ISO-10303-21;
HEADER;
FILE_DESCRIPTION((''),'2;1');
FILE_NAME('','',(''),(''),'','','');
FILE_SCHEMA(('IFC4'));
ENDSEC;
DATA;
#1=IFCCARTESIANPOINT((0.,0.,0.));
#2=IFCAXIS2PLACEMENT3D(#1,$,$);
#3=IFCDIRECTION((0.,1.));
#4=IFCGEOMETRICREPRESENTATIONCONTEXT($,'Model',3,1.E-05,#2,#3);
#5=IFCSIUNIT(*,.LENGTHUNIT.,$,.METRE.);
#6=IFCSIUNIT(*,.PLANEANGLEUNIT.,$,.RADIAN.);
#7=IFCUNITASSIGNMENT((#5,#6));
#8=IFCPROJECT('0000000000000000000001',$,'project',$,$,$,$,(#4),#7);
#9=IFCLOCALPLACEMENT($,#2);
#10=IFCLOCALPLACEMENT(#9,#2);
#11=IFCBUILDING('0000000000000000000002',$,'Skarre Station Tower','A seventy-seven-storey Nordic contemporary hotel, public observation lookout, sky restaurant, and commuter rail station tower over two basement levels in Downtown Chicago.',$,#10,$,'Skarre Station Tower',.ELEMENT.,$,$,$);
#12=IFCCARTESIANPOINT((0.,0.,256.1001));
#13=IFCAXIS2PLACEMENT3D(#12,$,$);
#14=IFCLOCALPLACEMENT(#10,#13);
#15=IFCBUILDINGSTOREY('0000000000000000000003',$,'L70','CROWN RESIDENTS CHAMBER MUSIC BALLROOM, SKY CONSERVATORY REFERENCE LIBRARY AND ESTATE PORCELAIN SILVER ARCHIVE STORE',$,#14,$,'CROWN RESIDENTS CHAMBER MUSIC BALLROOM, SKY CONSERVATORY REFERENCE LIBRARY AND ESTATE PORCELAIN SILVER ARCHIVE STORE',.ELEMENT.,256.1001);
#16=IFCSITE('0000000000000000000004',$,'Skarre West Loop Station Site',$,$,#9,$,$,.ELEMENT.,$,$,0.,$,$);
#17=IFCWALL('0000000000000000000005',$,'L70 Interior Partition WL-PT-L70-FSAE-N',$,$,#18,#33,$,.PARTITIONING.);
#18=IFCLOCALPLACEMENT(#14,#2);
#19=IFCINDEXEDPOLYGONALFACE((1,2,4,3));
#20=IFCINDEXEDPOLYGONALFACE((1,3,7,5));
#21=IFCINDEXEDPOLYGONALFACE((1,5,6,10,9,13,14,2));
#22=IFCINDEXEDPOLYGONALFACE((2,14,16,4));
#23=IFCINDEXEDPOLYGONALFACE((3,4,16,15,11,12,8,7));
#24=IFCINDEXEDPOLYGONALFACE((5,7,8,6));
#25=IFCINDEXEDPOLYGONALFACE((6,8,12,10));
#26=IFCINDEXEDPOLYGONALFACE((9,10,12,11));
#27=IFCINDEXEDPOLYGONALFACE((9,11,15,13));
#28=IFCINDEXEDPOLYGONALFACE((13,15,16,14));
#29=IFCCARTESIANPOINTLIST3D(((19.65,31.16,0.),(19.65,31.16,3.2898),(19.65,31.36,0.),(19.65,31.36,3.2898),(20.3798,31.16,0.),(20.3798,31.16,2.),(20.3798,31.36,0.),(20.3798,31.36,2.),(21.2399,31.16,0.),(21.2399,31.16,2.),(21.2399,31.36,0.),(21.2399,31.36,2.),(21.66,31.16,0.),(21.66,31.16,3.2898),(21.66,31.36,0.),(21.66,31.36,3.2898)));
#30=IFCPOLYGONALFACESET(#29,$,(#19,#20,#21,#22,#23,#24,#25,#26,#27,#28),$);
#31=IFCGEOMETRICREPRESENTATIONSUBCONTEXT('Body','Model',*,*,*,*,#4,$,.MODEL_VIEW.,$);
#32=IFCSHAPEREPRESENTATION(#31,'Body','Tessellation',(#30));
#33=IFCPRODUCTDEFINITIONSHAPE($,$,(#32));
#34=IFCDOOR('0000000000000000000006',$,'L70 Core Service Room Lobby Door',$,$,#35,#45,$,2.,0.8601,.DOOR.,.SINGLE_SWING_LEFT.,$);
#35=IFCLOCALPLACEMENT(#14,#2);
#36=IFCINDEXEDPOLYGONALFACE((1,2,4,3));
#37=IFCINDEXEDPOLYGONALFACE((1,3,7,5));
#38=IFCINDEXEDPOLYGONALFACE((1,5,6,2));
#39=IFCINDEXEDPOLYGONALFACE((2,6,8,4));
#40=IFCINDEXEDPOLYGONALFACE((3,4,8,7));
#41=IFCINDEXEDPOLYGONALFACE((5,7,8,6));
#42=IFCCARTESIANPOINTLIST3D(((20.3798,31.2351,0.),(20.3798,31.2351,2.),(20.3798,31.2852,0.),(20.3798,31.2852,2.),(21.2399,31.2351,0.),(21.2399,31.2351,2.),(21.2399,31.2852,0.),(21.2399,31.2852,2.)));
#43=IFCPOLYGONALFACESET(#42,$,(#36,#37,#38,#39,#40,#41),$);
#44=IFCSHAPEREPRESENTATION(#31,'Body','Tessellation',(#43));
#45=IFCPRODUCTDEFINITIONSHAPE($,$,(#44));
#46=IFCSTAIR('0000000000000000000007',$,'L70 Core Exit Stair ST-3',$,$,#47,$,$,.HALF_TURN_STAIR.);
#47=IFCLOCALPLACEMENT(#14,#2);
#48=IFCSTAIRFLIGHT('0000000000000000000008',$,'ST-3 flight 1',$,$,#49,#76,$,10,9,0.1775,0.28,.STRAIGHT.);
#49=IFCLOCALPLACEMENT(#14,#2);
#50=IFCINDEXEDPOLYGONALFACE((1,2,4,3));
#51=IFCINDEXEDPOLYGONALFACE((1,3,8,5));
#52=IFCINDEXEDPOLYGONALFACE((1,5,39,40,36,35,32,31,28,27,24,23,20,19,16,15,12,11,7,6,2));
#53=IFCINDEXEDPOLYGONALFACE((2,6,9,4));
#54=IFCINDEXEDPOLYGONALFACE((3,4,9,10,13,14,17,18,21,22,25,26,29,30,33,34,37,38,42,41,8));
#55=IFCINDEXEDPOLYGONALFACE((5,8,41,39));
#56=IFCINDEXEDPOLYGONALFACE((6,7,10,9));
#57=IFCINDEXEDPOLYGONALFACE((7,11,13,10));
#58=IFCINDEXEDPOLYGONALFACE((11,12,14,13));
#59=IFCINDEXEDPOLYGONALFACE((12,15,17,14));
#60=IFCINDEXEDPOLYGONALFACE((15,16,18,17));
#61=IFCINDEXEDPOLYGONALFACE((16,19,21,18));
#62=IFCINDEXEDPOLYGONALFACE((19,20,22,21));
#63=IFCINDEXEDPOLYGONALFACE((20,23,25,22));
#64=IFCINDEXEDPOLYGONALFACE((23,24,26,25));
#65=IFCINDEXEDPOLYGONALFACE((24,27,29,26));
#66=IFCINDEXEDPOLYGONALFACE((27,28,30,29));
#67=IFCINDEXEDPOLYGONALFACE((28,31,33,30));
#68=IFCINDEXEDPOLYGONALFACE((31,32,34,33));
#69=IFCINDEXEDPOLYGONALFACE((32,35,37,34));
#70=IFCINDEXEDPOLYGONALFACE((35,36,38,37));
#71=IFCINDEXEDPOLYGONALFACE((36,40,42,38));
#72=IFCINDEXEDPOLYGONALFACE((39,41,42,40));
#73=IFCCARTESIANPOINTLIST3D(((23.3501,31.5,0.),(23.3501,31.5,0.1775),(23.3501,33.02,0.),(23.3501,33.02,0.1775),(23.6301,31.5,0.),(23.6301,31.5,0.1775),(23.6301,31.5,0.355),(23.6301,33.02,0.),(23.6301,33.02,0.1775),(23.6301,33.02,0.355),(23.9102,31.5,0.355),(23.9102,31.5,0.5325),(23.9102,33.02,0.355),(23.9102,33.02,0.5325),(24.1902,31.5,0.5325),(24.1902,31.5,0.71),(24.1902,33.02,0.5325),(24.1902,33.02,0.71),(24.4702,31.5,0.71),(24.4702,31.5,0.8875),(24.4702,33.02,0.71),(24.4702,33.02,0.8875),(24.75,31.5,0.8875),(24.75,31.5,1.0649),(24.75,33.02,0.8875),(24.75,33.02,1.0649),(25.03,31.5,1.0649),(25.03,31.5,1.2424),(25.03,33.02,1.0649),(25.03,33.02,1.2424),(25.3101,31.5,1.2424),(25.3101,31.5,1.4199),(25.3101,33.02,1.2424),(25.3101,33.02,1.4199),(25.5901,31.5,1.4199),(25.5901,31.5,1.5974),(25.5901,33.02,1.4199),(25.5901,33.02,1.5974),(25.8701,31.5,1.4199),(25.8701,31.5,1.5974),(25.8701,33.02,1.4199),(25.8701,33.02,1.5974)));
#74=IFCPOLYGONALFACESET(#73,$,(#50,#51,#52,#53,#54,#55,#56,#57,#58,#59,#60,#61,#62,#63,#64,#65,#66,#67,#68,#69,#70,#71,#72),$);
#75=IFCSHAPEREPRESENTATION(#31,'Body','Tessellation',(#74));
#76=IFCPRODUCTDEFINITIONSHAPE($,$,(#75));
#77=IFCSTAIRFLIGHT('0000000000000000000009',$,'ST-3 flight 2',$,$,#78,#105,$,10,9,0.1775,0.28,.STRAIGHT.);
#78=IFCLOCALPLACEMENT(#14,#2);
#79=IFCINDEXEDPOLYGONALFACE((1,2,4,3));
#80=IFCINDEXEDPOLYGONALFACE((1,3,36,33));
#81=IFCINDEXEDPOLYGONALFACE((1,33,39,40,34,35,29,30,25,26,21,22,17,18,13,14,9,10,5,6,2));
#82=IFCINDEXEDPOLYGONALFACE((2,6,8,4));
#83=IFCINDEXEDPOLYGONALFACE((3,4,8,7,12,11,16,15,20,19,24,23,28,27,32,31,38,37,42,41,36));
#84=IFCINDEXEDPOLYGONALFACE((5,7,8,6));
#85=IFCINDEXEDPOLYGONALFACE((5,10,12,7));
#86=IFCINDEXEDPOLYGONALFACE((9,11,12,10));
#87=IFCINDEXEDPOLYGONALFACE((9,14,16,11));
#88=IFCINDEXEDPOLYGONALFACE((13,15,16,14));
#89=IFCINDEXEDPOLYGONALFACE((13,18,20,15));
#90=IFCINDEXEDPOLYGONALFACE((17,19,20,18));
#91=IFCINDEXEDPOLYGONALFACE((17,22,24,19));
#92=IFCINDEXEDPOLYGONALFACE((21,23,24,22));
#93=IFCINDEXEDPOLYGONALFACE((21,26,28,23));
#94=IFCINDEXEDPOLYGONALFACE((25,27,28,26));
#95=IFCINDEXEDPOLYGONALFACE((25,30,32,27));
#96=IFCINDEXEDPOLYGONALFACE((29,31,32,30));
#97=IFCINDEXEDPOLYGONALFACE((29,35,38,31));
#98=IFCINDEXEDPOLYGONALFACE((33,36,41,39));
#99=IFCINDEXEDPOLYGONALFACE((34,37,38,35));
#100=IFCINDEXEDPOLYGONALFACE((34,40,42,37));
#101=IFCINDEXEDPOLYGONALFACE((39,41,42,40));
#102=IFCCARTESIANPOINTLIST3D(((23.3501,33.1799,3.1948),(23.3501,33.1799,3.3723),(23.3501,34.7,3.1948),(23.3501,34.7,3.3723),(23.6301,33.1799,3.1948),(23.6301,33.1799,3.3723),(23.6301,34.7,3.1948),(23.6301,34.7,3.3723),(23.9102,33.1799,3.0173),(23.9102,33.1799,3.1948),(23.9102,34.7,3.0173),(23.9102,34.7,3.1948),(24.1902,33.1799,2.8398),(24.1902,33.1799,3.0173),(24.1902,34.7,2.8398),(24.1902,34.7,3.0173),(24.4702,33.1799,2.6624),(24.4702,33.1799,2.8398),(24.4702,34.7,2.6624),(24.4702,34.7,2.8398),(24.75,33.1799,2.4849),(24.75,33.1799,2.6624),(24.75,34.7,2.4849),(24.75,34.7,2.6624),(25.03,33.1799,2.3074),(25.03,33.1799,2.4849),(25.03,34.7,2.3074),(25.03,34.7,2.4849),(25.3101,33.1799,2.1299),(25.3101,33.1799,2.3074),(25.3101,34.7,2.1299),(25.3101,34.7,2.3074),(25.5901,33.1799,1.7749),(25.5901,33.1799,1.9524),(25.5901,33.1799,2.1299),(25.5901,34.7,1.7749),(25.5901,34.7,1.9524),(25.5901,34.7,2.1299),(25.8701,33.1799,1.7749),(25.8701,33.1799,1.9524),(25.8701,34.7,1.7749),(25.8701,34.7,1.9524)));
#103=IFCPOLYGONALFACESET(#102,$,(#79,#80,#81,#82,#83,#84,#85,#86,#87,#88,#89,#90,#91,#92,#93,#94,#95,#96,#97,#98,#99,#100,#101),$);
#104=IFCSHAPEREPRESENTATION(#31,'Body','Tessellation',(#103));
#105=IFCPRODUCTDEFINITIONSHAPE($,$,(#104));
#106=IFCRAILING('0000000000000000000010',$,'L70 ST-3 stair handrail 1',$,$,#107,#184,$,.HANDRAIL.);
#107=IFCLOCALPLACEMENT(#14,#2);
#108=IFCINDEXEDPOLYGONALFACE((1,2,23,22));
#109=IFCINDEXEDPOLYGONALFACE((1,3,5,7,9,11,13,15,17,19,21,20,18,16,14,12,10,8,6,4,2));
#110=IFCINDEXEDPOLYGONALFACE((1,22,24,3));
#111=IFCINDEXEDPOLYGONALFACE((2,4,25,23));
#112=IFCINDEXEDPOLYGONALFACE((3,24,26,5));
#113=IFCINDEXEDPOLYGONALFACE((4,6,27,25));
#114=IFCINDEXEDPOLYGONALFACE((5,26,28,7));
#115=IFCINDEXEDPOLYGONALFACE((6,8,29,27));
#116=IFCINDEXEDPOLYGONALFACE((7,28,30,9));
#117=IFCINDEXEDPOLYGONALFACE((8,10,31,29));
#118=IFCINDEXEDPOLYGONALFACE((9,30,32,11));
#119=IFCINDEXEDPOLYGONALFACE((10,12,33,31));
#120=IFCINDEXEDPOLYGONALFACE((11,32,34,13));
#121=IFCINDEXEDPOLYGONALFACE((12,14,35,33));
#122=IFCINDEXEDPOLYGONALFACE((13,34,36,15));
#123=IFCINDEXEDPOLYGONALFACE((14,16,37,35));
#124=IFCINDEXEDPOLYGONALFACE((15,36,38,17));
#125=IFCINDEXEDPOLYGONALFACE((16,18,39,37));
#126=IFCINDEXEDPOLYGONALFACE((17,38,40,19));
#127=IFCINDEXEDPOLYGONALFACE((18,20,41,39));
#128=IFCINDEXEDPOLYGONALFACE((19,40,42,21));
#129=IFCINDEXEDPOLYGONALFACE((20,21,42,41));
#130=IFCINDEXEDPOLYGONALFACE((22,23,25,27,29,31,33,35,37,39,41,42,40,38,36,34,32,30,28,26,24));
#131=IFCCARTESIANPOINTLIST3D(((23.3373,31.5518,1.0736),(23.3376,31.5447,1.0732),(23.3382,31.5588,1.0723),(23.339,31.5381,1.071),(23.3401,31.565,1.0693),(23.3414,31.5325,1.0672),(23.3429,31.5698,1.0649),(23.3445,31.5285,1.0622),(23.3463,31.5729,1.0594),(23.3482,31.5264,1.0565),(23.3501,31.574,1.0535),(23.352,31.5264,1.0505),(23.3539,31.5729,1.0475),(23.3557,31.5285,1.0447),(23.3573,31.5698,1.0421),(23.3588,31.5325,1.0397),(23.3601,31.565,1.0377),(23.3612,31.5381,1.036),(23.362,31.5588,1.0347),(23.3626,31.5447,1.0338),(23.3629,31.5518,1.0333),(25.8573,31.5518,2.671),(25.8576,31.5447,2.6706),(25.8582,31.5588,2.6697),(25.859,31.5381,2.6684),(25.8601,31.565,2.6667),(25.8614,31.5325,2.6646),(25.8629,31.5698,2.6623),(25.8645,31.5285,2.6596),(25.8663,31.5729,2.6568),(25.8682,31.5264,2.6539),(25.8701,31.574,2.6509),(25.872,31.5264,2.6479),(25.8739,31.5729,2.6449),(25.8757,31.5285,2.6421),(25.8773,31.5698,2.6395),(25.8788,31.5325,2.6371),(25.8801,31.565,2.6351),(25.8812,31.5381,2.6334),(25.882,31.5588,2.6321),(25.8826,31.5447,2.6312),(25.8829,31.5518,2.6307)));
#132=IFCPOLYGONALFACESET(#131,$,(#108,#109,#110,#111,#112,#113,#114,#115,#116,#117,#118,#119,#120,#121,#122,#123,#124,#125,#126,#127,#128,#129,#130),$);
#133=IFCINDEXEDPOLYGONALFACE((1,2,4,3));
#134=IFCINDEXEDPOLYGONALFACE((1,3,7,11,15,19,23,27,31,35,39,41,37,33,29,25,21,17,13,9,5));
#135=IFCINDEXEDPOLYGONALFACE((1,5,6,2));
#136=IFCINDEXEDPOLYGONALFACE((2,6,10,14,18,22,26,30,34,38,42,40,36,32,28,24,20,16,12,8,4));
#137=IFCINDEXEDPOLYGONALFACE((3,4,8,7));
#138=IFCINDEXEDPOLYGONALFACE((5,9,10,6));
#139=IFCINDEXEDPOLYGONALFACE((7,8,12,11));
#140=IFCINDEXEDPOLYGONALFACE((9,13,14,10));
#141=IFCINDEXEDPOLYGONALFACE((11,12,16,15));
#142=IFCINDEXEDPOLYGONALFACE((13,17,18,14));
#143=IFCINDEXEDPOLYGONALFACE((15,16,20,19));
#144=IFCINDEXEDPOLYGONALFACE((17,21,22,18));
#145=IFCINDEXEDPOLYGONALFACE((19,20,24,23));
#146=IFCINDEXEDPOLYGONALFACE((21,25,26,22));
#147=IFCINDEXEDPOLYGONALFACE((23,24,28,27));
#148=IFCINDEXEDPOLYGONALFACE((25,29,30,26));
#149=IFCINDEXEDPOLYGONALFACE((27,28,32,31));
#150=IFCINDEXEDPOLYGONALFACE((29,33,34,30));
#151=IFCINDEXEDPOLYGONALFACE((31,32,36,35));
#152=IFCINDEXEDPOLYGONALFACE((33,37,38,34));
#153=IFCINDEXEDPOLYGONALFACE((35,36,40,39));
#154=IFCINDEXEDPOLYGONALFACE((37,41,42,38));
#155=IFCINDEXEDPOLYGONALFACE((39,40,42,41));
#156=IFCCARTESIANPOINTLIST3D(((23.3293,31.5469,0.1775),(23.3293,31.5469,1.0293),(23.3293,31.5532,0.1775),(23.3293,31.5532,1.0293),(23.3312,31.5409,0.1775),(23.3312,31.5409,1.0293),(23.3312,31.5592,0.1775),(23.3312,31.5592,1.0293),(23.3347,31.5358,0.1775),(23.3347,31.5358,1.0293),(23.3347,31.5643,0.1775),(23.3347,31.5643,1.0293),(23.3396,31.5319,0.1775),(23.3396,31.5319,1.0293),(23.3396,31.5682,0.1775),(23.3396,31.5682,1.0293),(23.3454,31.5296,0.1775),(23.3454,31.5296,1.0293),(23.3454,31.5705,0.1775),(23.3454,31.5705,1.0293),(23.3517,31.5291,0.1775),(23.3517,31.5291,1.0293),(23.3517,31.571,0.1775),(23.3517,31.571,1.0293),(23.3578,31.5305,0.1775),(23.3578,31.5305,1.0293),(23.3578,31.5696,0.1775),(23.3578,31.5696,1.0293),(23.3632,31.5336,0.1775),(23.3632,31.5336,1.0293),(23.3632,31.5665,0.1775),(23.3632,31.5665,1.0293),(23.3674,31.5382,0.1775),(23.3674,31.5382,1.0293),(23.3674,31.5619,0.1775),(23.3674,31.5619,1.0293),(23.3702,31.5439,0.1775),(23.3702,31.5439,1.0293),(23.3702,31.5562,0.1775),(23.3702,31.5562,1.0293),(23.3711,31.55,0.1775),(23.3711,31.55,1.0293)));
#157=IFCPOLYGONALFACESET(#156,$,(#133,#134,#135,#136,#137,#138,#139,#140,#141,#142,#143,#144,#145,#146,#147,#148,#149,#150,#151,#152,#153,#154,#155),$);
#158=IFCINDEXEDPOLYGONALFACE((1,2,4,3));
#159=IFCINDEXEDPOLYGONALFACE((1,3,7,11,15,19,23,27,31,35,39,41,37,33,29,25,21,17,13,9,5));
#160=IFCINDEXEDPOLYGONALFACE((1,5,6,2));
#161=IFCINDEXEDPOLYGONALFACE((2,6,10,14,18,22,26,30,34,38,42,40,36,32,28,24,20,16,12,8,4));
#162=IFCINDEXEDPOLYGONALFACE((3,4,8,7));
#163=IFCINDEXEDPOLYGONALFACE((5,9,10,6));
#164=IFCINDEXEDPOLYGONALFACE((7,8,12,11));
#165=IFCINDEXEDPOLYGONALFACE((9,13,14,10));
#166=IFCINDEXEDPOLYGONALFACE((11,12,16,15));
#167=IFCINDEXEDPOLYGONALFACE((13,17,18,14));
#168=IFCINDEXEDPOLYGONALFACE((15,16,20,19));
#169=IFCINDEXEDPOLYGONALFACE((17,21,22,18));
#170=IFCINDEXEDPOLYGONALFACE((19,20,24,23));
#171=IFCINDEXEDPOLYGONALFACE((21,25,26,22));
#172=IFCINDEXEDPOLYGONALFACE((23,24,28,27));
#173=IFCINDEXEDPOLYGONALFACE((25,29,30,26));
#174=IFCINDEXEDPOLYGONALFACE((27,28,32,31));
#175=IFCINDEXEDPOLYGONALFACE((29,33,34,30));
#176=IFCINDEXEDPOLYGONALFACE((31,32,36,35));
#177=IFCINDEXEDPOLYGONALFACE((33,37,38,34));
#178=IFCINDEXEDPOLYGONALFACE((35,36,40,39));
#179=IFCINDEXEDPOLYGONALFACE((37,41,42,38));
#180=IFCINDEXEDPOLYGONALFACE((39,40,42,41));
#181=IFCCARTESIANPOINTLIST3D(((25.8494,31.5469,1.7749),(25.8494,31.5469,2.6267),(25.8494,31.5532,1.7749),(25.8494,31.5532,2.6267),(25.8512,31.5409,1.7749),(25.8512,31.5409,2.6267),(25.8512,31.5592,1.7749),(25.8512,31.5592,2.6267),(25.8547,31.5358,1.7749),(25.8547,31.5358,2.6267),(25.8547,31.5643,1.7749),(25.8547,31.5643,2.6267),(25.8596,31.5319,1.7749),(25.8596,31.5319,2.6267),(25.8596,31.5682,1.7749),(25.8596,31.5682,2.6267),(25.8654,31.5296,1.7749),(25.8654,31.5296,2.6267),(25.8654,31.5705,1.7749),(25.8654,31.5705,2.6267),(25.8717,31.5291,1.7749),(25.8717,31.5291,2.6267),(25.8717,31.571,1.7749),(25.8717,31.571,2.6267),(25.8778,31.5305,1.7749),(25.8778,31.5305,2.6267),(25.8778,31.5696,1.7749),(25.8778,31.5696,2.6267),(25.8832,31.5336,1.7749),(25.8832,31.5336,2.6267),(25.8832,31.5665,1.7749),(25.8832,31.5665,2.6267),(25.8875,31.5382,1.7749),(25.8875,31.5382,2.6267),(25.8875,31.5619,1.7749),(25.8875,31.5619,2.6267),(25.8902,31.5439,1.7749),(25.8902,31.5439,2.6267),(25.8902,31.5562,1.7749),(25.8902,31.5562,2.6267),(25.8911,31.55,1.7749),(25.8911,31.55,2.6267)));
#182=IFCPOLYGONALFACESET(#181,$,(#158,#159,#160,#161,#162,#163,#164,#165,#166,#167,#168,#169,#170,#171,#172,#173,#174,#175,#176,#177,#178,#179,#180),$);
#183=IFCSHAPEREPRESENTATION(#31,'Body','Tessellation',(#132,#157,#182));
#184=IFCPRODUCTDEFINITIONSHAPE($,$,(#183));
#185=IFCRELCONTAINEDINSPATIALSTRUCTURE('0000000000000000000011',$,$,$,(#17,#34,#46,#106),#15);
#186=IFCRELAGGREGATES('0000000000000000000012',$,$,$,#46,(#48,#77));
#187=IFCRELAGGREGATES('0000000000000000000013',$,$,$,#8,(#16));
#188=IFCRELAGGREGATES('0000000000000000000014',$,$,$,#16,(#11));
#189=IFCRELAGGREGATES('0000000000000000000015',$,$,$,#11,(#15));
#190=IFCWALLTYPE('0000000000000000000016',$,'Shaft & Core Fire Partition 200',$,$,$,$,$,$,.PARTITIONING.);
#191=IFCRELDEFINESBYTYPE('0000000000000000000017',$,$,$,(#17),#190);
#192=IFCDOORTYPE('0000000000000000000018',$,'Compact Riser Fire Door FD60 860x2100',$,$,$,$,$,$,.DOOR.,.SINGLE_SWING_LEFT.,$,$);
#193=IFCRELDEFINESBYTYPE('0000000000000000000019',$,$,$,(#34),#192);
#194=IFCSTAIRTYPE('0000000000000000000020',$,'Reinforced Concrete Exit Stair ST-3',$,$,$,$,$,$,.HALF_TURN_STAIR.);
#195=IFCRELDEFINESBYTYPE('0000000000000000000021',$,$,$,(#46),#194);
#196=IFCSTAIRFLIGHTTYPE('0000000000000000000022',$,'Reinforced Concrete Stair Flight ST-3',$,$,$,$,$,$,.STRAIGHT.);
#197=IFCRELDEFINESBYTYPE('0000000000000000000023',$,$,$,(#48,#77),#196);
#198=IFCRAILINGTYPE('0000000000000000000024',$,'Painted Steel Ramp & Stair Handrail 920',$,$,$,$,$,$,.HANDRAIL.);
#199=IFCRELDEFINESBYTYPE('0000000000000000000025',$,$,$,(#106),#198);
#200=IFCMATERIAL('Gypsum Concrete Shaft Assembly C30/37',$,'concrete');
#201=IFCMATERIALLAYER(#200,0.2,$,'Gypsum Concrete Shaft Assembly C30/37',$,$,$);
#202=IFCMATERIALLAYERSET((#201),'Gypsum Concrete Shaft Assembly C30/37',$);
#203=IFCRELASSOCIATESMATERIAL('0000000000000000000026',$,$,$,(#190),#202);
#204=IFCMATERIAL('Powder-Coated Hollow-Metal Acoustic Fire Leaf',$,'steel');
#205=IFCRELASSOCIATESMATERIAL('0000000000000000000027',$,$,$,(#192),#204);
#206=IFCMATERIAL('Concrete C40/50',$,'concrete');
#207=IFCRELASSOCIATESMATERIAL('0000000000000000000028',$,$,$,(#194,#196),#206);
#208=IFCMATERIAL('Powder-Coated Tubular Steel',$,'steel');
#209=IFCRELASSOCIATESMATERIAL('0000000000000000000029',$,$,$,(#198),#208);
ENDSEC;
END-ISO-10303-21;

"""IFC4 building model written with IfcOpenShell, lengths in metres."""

from ifc_helpers import new_model, si_unit, direction, frame, frame_2d, origin, origin_2d, place, context, subcontext, project, spatial, polyline, rectangle, circle, outline, extrude, material, layer, layer_set, type_object, element, fill, aggregate, save


model = new_model("IFC4")

# Units and contexts
model_context = context("Model", 3, precision=1e-05, world=origin(), true_north=direction((0.0, 1.0)))
body_context = subcontext(model_context, "Body", "Model", "MODEL_VIEW")
ifc_project = project(units=[si_unit("LENGTHUNIT", "METRE"), si_unit("PLANEANGLEUNIT", "RADIAN")], contexts=[model_context])

# Site, building, storey
site_placement = place(None, origin())
site = spatial("IfcSite", under=ifc_project, at=site_placement, Name="Skarre West Loop Station Site", CompositionType="ELEMENT", RefElevation=0.0)
building_placement = place(site_placement, origin())
building = spatial("IfcBuilding", under=site, at=building_placement, Name="Skarre Station Tower", Description="A seventy-seven-storey Nordic contemporary hotel, public observation lookout, sky restaurant, and commuter rail station tower over two basement levels in Downtown Chicago.", LongName="Skarre Station Tower", CompositionType="ELEMENT")
storey_placement = place(building_placement, frame((0.0, 0.0, 256.1001)))
storey = spatial("IfcBuildingStorey", under=building, at=storey_placement, Name="L70", Description="CROWN RESIDENTS CHAMBER MUSIC BALLROOM, SKY CONSERVATORY REFERENCE LIBRARY AND ESTATE PORCELAIN SILVER ARCHIVE STORE", LongName="CROWN RESIDENTS CHAMBER MUSIC BALLROOM, SKY CONSERVATORY REFERENCE LIBRARY AND ESTATE PORCELAIN SILVER ARCHIVE STORE", CompositionType="ELEMENT", Elevation=256.1001)

# Wall, opening, door
ifc_material_1 = material(Name="Gypsum Concrete Shaft Assembly C30/37", Category="concrete")
ifc_layer_1 = layer(ifc_material_1, 0.2, Name="Gypsum Concrete Shaft Assembly C30/37")
ifc_layer_set_1 = layer_set([ifc_layer_1], Name="Gypsum Concrete Shaft Assembly C30/37")
wall_type_1 = type_object("IfcWallType", Name="Shaft & Core Fire Partition 200", PredefinedType="PARTITIONING", material=ifc_layer_set_1)
wall_1_placement = place(storey_placement, frame((21.6599, 31.26, 0.0), z_axis=(0.0, 0.0, 1.0), x_axis=(-1.0, 0.0, 0.0)))
wall_1 = element("IfcWall", 1, at=wall_1_placement, inside=storey, type_object=wall_type_1, Name="L70 Interior Partition WL-PT-L70-FSAE-N", PredefinedType="PARTITIONING", context=body_context, shape_type="SweptSolid", body=[
    extrude(rectangle(XDim=2.01, YDim=0.2, at=frame_2d((1.0049, 0.0))), origin(), (0.0, 0.0, 1.0), 3.2898),
])
opening_1_placement = place(wall_1_placement, frame((0.4199, 0.0, 0.0)))
opening_1 = element("IfcOpeningElement", 2, at=opening_1_placement, cuts=wall_1, PredefinedType="OPENING", context=body_context, shape_type="SweptSolid", body=[
    extrude(rectangle(XDim=0.8601, YDim=2.0, at=frame_2d((0.4302, 1.0))), frame((0.0, 0.1099, 0.0), z_axis=(0.0, -1.0, 0.0), x_axis=(1.0, 0.0, 0.0)), (0.0, 0.0, 1.0), 0.22),
])
ifc_material_2 = material(Name="Powder-Coated Hollow-Metal Acoustic Fire Leaf", Category="steel")
door_type_1 = type_object("IfcDoorType", Name="Compact Riser Fire Door FD60 860x2100", OperationType="SINGLE_SWING_LEFT", PredefinedType="DOOR", material=ifc_material_2)
door_1_placement = place(opening_1_placement, origin())
door_1 = element("IfcDoor", 3, at=door_1_placement, inside=storey, type_object=door_type_1, Name="L70 Core Service Room Lobby Door", OperationType="SINGLE_SWING_LEFT", OverallHeight=2.0, OverallWidth=0.8601, PredefinedType="DOOR", context=body_context, shape_type="SweptSolid", body=[
    extrude(rectangle(XDim=0.8601, YDim=2.0, at=frame_2d((0.4302, 1.0))), frame((0.0, 0.0249, 0.0), z_axis=(0.0, -1.0, 0.0), x_axis=(1.0, 0.0, 0.0)), (0.0, 0.0, 1.0), 0.05),
])
fill(opening_1, door_1)

# Stair, stair flights
ifc_material_3 = material(Name="Concrete C40/50", Category="concrete")
stair_type = type_object("IfcStairType", Name="Reinforced Concrete Exit Stair ST-3", PredefinedType="HALF_TURN_STAIR", material=ifc_material_3)
stair_placement = place(storey_placement, origin())
stair = element("IfcStair", 4, at=stair_placement, inside=storey, type_object=stair_type, Name="L70 Core Exit Stair ST-3", PredefinedType="HALF_TURN_STAIR")
stair_flight_type = type_object("IfcStairFlightType", Name="Reinforced Concrete Stair Flight ST-3", PredefinedType="STRAIGHT", material=ifc_material_3)
stair_flight_1_placement = place(storey_placement, frame((23.3501, 32.26, 0.0), z_axis=(0.0, 0.0, 1.0), x_axis=(1.0, 0.0, 0.0)))
stair_flight_1 = element("IfcStairFlight", 5, at=stair_flight_1_placement, type_object=stair_flight_type, Name="ST-3 flight 1", NumberOfRisers=10, NumberOfTreads=9, PredefinedType="STRAIGHT", RiserHeight=0.1775, TreadLength=0.28, context=body_context, shape_type="SweptSolid", body=[
    extrude(outline(polyline([(0.0, 0.0), (0.0, 0.1775), (0.28, 0.1775), (0.28, 0.355), (0.5601, 0.355), (0.5601, 0.5325), (0.8401, 0.5325), (0.8401, 0.71), (1.1201, 0.71), (1.1201, 0.8875), (1.3999, 0.8875), (1.3999, 1.0649), (1.6799, 1.0649), (1.6799, 1.2424), (1.96, 1.2424), (1.96, 1.4199), (2.24, 1.4199), (2.24, 1.5974), (2.52, 1.5974), (2.52, 1.7749), (2.52, 1.4199), (0.28, 0.0), (0.0, 0.0)])), frame((0.0, 0.76, 0.0), z_axis=(0.0, -1.0, 0.0), x_axis=(1.0, 0.0, 0.0)), (0.0, 0.0, 1.0), 1.52),
])
stair_flight_2_placement = place(storey_placement, frame((25.8701, 33.9399, 1.7749), z_axis=(0.0, 0.0, 1.0), x_axis=(-1.0, 0.0, 0.0)))
stair_flight_2 = element("IfcStairFlight", 6, at=stair_flight_2_placement, type_object=stair_flight_type, Name="ST-3 flight 2", NumberOfRisers=10, NumberOfTreads=9, PredefinedType="STRAIGHT", RiserHeight=0.1775, TreadLength=0.28, context=body_context, shape_type="SweptSolid", body=[
    extrude(outline(polyline([(0.0, 0.0), (0.0, 0.1775), (0.28, 0.1775), (0.28, 0.355), (0.5601, 0.355), (0.5601, 0.5325), (0.8401, 0.5325), (0.8401, 0.71), (1.1201, 0.71), (1.1201, 0.8875), (1.3999, 0.8875), (1.3999, 1.0649), (1.6799, 1.0649), (1.6799, 1.2424), (1.96, 1.2424), (1.96, 1.4199), (2.24, 1.4199), (2.24, 1.5974), (2.52, 1.5974), (2.52, 1.7749), (2.52, 1.4199), (0.28, 0.0), (0.0, 0.0)])), frame((0.0, 0.76, 0.0), z_axis=(0.0, -1.0, 0.0), x_axis=(1.0, 0.0, 0.0)), (0.0, 0.0, 1.0), 1.52),
])
aggregate(stair, [stair_flight_1, stair_flight_2])

# Railing
ifc_material_4 = material(Name="Powder-Coated Tubular Steel", Category="steel")
railing_type_1 = type_object("IfcRailingType", Name="Painted Steel Ramp & Stair Handrail 920", PredefinedType="HANDRAIL", material=ifc_material_4)
railing_1_placement = place(storey_placement, frame((23.3501, 31.55, 0.1775)))
element("IfcRailing", 7, at=railing_1_placement, inside=storey, type_object=railing_type_1, Name="L70 ST-3 stair handrail 1", PredefinedType="HANDRAIL", context=body_context, shape_type="SweptSolid", body=[
    extrude(circle(Radius=0.0239, at=origin_2d()), frame((0.0, 0.0, 0.876), z_axis=(0.844607, 0.0, 0.535387), x_axis=(0.0, 1.0, 0.0)), (0.0, 0.0, 1.0), 2.9836),
    extrude(circle(Radius=0.021, at=origin_2d()), origin(), (0.0, 0.0, 1.0), 0.8518),
    extrude(circle(Radius=0.021, at=origin_2d()), frame((2.52, 0.0, 1.5974)), (0.0, 0.0, 1.0), 0.8518),
])

save(model, "model.ifc")
